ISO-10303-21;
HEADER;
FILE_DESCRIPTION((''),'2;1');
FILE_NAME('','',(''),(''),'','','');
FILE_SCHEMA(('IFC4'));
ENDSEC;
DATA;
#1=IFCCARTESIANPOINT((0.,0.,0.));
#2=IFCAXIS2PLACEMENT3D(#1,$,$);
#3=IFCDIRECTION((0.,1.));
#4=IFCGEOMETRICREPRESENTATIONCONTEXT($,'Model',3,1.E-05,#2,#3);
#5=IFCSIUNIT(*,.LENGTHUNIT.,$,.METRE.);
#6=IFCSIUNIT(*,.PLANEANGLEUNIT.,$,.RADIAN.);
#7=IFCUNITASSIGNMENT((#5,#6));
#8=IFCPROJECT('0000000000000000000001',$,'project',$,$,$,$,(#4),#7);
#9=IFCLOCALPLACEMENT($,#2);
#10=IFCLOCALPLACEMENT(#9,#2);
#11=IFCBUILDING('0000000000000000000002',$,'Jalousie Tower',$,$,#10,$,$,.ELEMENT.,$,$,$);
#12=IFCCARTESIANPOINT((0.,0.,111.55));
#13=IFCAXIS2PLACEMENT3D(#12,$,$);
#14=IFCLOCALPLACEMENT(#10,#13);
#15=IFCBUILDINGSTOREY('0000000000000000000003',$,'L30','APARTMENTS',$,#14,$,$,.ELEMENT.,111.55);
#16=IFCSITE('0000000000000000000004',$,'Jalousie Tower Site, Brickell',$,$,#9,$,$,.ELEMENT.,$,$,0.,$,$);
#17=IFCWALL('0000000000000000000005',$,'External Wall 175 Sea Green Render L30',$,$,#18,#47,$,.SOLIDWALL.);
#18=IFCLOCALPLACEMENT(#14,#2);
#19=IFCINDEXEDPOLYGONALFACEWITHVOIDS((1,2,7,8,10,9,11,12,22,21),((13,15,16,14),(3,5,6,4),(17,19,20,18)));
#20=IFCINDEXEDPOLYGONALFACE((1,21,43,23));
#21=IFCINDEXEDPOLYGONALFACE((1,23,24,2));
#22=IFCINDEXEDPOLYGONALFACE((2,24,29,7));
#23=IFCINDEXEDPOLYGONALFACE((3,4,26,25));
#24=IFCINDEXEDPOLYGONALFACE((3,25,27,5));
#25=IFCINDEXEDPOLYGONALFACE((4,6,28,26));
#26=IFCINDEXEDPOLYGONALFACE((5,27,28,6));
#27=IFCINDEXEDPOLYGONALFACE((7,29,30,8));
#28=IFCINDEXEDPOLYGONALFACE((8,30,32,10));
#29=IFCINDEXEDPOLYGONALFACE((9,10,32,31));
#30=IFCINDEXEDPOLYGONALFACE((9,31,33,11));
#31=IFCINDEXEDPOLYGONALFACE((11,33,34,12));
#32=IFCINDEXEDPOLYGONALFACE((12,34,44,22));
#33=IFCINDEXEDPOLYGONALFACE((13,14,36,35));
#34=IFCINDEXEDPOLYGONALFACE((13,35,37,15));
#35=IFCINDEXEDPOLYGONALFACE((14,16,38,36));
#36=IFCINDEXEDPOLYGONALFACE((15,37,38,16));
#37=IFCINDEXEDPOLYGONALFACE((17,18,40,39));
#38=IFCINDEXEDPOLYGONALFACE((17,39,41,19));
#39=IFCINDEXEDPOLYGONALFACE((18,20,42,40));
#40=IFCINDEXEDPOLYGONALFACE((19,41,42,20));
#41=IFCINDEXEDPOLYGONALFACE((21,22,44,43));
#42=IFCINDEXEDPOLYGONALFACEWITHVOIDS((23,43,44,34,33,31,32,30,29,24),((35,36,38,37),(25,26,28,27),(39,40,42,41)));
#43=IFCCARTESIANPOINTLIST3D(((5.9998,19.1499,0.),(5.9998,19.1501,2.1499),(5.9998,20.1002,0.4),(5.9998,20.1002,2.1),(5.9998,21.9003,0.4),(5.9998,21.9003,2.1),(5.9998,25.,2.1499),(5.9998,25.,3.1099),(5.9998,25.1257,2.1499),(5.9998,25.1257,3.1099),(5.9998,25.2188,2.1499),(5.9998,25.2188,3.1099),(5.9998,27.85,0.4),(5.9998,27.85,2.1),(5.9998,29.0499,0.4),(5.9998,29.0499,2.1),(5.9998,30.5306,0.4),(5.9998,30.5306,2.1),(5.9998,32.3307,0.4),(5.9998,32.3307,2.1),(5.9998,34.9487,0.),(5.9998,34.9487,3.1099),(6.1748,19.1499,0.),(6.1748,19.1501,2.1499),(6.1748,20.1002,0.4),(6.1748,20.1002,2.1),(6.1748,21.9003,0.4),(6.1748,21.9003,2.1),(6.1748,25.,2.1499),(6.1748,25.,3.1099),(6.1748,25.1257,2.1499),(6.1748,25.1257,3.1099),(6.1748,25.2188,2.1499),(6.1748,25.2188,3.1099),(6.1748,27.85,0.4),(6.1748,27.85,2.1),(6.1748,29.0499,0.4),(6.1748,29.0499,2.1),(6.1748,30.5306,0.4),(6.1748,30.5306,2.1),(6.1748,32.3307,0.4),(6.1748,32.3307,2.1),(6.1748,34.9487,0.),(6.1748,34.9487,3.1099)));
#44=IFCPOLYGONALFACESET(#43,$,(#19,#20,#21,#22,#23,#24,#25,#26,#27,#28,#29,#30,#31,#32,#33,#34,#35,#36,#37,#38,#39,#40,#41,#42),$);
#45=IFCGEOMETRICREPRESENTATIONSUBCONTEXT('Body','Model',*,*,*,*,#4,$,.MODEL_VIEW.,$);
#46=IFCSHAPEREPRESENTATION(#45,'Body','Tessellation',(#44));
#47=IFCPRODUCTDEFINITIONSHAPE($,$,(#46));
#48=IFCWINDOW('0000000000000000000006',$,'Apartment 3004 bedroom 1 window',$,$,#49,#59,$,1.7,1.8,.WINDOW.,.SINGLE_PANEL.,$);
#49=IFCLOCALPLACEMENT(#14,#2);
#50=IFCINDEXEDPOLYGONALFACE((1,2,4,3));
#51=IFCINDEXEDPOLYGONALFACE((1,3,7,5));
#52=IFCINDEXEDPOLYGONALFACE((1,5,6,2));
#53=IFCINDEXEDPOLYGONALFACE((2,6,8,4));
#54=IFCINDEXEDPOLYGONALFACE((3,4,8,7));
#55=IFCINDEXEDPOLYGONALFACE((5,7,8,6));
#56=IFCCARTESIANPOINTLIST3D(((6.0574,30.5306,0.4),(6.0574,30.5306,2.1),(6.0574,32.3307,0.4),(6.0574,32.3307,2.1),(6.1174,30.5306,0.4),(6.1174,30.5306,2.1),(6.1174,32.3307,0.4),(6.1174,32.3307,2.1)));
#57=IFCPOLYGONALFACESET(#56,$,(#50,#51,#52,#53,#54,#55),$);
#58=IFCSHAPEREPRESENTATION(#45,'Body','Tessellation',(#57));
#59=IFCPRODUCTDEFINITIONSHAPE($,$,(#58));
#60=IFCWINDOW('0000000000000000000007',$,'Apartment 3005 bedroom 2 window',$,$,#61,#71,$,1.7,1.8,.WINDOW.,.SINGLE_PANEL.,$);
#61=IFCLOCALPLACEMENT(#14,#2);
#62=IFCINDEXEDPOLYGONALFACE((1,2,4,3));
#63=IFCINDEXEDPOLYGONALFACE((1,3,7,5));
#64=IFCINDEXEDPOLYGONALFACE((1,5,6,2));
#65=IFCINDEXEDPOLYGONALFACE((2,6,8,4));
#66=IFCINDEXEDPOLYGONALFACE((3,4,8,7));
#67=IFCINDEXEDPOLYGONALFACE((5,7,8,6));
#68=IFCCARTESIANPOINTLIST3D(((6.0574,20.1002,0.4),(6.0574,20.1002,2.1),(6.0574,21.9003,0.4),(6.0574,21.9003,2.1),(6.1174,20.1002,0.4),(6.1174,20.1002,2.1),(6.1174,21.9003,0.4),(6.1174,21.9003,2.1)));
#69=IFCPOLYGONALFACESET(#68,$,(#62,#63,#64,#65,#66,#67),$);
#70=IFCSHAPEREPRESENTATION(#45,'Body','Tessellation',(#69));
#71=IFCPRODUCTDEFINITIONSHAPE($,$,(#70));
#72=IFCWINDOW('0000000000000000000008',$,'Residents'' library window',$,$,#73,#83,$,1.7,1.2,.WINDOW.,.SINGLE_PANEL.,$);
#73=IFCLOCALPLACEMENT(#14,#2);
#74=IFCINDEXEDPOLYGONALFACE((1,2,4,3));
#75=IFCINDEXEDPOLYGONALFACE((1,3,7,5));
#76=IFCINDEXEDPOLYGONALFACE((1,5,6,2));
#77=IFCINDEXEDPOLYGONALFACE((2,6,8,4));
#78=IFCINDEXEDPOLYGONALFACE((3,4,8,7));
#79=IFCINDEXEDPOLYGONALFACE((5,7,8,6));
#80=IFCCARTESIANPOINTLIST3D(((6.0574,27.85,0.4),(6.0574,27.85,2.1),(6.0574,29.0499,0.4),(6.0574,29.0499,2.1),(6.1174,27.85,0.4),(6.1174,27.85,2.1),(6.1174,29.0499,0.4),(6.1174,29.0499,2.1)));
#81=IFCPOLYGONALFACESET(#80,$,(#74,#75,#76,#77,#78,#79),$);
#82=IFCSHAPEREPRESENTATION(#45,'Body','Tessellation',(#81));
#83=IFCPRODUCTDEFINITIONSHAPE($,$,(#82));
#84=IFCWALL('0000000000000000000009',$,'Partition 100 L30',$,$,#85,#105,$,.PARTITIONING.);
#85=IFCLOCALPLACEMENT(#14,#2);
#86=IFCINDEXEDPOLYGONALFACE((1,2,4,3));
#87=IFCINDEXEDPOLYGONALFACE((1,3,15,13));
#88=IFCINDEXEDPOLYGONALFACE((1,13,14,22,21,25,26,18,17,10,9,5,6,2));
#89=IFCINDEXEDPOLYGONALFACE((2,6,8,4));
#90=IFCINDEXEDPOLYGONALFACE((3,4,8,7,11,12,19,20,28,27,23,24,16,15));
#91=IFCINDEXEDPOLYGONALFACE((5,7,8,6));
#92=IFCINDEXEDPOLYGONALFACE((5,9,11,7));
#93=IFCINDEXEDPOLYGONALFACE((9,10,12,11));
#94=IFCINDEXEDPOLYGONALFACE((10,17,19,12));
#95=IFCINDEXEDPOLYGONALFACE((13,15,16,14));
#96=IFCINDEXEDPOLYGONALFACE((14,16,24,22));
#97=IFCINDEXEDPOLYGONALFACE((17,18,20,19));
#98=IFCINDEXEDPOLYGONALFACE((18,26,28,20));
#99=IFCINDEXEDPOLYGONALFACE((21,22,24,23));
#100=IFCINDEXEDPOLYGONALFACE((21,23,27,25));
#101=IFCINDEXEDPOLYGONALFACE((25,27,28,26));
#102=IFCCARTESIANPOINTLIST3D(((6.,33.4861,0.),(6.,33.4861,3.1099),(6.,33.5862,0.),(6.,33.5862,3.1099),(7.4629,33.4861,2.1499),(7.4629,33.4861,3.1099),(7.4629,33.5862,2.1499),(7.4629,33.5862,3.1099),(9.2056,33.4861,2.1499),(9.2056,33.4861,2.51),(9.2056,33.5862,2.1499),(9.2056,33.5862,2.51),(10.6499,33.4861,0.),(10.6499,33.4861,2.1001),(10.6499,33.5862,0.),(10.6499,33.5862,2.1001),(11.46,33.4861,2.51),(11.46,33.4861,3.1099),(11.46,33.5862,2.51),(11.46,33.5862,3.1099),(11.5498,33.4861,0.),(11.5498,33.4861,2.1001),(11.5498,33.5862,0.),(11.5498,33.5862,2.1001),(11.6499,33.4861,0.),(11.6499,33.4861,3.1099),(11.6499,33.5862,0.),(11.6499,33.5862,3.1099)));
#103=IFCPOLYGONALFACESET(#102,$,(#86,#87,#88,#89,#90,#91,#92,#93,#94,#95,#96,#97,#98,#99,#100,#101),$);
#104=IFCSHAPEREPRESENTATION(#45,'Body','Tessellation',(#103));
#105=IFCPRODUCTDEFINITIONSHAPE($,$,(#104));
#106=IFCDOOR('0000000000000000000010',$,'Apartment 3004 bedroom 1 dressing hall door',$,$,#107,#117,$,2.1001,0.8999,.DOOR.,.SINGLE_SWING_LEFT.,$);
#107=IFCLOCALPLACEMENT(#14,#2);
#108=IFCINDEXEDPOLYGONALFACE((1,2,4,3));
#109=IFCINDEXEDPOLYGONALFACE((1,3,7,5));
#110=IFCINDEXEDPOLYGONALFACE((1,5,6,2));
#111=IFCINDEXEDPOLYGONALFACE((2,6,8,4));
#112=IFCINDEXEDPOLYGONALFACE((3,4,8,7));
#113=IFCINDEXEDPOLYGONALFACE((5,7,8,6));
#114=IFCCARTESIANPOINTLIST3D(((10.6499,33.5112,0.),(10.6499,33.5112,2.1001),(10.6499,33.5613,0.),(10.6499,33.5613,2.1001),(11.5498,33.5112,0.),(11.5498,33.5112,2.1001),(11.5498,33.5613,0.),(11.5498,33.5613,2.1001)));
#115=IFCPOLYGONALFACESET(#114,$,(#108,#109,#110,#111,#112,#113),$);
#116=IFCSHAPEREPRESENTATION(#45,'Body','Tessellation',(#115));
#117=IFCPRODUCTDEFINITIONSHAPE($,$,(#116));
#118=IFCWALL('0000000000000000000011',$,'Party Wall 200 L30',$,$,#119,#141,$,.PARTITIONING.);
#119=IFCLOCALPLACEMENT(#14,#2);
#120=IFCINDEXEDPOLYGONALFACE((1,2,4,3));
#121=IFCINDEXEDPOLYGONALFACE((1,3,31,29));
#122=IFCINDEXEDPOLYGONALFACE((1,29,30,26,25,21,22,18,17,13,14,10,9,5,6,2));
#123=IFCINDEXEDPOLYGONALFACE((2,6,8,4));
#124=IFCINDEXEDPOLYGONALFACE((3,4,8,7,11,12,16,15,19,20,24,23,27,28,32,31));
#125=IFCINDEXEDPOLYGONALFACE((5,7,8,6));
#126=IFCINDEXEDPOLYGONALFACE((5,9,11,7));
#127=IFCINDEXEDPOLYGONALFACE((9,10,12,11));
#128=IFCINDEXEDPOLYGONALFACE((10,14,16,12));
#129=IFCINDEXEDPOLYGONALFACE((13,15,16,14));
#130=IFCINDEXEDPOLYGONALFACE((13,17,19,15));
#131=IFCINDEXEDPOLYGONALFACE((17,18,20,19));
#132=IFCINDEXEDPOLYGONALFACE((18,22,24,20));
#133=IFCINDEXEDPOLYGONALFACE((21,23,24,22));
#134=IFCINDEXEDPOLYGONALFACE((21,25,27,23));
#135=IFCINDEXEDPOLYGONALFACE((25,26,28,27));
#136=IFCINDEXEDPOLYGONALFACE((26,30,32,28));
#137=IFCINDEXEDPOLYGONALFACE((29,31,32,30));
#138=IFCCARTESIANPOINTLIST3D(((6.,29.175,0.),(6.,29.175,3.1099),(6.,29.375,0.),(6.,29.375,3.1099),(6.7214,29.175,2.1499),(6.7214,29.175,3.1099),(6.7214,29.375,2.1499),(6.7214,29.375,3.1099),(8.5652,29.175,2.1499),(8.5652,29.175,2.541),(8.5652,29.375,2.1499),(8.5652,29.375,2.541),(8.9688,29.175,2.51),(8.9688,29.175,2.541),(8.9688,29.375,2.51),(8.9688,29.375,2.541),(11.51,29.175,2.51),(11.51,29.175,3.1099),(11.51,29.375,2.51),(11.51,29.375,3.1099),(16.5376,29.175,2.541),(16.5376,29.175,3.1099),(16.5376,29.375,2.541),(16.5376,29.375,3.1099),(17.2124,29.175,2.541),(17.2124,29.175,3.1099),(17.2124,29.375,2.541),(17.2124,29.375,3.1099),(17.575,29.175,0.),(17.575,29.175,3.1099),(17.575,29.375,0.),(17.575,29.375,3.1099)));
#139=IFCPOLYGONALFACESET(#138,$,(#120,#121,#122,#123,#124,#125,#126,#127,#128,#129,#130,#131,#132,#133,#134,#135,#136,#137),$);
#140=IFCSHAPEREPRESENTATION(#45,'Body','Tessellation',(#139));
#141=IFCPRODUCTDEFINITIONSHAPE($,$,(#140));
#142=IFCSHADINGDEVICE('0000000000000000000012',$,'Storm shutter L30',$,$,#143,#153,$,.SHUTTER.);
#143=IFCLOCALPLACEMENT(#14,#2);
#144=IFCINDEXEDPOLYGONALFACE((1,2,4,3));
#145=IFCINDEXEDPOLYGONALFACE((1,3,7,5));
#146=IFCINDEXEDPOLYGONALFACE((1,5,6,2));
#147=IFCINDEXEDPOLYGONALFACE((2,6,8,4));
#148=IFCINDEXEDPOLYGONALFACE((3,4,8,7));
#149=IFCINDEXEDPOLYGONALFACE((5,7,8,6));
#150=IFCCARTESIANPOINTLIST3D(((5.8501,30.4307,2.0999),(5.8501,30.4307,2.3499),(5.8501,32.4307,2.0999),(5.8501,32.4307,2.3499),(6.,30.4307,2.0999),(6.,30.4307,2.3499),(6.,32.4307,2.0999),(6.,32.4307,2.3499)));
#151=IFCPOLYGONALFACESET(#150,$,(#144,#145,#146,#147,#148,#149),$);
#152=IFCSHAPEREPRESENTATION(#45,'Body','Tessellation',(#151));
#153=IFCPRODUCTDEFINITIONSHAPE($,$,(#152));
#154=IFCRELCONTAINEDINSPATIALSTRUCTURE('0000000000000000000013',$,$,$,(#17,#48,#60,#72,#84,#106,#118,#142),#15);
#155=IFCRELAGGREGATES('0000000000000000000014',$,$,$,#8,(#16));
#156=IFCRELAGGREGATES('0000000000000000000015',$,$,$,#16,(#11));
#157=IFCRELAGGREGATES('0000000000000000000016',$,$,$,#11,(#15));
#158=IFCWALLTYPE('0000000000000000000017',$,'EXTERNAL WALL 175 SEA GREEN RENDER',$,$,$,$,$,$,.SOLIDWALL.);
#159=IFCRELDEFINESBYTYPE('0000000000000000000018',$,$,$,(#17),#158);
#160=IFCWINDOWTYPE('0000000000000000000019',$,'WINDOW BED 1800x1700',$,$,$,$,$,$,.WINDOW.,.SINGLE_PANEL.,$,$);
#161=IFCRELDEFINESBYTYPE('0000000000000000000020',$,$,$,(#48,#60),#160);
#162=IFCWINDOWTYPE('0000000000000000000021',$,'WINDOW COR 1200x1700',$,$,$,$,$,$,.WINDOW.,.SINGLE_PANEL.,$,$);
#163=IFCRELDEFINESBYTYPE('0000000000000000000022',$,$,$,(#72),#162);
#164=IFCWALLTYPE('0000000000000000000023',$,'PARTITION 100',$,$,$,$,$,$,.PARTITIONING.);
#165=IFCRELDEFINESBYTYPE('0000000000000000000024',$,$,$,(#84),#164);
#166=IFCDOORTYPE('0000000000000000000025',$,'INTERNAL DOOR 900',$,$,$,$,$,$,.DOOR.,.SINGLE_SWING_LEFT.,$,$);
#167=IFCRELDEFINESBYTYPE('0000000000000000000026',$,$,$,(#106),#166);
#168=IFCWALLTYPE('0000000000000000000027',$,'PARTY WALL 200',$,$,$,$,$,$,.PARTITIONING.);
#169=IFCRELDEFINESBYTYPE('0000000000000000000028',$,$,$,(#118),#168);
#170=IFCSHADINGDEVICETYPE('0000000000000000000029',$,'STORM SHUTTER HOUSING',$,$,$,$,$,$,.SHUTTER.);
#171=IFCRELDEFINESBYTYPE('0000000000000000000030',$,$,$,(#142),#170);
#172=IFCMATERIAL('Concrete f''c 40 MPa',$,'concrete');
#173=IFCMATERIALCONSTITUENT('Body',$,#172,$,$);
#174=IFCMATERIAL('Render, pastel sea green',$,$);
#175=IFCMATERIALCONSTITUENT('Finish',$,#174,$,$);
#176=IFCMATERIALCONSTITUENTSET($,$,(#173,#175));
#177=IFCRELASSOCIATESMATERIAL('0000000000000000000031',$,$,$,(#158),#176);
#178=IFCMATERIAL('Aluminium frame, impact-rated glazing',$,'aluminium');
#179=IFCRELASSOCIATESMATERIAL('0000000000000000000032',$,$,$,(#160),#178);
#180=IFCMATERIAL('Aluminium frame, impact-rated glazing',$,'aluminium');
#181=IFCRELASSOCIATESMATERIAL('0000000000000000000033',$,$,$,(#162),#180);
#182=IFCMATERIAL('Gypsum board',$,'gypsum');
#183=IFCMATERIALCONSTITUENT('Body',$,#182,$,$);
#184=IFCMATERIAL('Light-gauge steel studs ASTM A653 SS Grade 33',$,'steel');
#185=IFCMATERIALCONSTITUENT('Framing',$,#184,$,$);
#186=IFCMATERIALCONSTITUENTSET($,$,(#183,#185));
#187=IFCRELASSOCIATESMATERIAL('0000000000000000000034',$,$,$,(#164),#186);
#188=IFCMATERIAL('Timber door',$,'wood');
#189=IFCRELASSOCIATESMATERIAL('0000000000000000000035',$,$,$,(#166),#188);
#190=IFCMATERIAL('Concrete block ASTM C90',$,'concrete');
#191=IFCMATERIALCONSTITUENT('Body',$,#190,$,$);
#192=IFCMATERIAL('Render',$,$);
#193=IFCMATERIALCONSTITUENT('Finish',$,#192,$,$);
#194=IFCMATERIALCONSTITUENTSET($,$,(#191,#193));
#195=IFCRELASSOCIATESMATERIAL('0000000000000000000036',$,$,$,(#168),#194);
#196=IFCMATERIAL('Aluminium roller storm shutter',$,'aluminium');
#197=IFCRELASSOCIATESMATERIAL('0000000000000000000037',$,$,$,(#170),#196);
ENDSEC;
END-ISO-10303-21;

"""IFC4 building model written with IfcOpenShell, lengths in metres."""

from ifc_helpers import new_model, si_unit, direction, frame, frame_2d, origin, origin_2d, place, context, subcontext, project, spatial, polyline, rectangle, outline, extrude, material, constituent, constituent_set, type_object, element, fill, save


model = new_model("IFC4")

# Units and contexts
model_context = context("Model", 3, precision=1e-05, world=origin(), true_north=direction((0.0, 1.0)))
body_context = subcontext(model_context, "Body", "Model", "MODEL_VIEW")
ifc_project = project(units=[si_unit("LENGTHUNIT", "METRE"), si_unit("PLANEANGLEUNIT", "RADIAN")], contexts=[model_context])

# Site, building, storey
site_placement = place(None, origin())
site = spatial("IfcSite", under=ifc_project, at=site_placement, Name="Jalousie Tower Site, Brickell", CompositionType="ELEMENT", RefElevation=0.0)
building_placement = place(site_placement, origin())
building = spatial("IfcBuilding", under=site, at=building_placement, Name="Jalousie Tower", CompositionType="ELEMENT")
storey_placement = place(building_placement, frame((0.0, 0.0, 111.55)))
storey = spatial("IfcBuildingStorey", under=building, at=storey_placement, Name="L30", Description="APARTMENTS", CompositionType="ELEMENT", Elevation=111.55)

# Wall, openings, windows
ifc_material_1 = material(Name="Concrete f'c 40 MPa", Category="concrete")
ifc_constituent_1 = constituent(ifc_material_1, Name="Body")
ifc_material_2 = material(Name="Render, pastel sea green")
ifc_constituent_2 = constituent(ifc_material_2, Name="Finish")
ifc_constituent_set_1 = constituent_set(constituents=[ifc_constituent_1, ifc_constituent_2])
wall_type_1 = type_object("IfcWallType", Name="EXTERNAL WALL 175 SEA GREEN RENDER", PredefinedType="SOLIDWALL", material=ifc_constituent_set_1)
wall_1_placement = place(storey_placement, frame((6.0874, 34.9487, 0.0), z_axis=(0.0, 0.0, 1.0), x_axis=(0.0, -1.0, 0.0)))
wall_1 = element("IfcWall", 1, at=wall_1_placement, inside=storey, type_object=wall_type_1, Name="External Wall 175 Sea Green Render L30", PredefinedType="SOLIDWALL", context=body_context, shape_type="SweptSolid", body=[
    extrude(outline(polyline([(0.0, 0.0), (15.7988, 0.0), (15.7986, 2.1499), (9.9487, 2.1499), (9.9487, 3.1099), (9.823, 3.1099), (9.823, 2.1499), (9.73, 2.1499), (9.73, 3.1099), (0.0, 3.1099), (0.0, 0.0)])), frame((0.0, 0.0874, 0.0), z_axis=(0.0, -1.0, 0.0), x_axis=(1.0, 0.0, 0.0)), (0.0, 0.0, 1.0), 0.175),
])
opening_1_placement = place(wall_1_placement, frame((2.6182, 0.0, 0.3999)))
opening_1 = element("IfcOpeningElement", 2, at=opening_1_placement, cuts=wall_1, PredefinedType="OPENING", context=body_context, shape_type="SweptSolid", body=[
    extrude(rectangle(XDim=1.8, YDim=1.7, at=frame_2d((0.8999, 0.8501))), frame((0.0, 0.0974, 0.0), z_axis=(0.0, -1.0, 0.0), x_axis=(1.0, 0.0, 0.0)), (0.0, 0.0, 1.0), 0.1951),
])
opening_2_placement = place(wall_1_placement, frame((5.8987, 0.0, 0.3999)))
opening_2 = element("IfcOpeningElement", 3, at=opening_2_placement, cuts=wall_1, PredefinedType="OPENING", context=body_context, shape_type="SweptSolid", body=[
    extrude(rectangle(XDim=1.2, YDim=1.7, at=frame_2d((0.6001, 0.8501))), frame((0.0, 0.0974, 0.0), z_axis=(0.0, -1.0, 0.0), x_axis=(1.0, 0.0, 0.0)), (0.0, 0.0, 1.0), 0.1951),
])
opening_3_placement = place(wall_1_placement, frame((13.0486, 0.0, 0.3999)))
opening_3 = element("IfcOpeningElement", 4, at=opening_3_placement, cuts=wall_1, PredefinedType="OPENING", context=body_context, shape_type="SweptSolid", body=[
    extrude(rectangle(XDim=1.8, YDim=1.7, at=frame_2d((0.8999, 0.8501))), frame((0.0, 0.0974, 0.0), z_axis=(0.0, -1.0, 0.0), x_axis=(1.0, 0.0, 0.0)), (0.0, 0.0, 1.0), 0.1951),
])
ifc_material_3 = material(Name="Aluminium frame, impact-rated glazing", Category="aluminium")
window_type_1 = type_object("IfcWindowType", Name="WINDOW BED 1800x1700", PartitioningType="SINGLE_PANEL", PredefinedType="WINDOW", material=ifc_material_3)
window_1_placement = place(opening_1_placement, origin())
window_1 = element("IfcWindow", 5, at=window_1_placement, inside=storey, type_object=window_type_1, Name="Apartment 3004 bedroom 1 window", OverallHeight=1.7, OverallWidth=1.8, PartitioningType="SINGLE_PANEL", PredefinedType="WINDOW", context=body_context, shape_type="SweptSolid", body=[
    extrude(rectangle(XDim=1.8, YDim=1.7, at=frame_2d((0.8999, 0.8501))), frame((0.0, 0.03, 0.0), z_axis=(0.0, -1.0, 0.0), x_axis=(1.0, 0.0, 0.0)), (0.0, 0.0, 1.0), 0.0601),
])
fill(opening_1, window_1)
window_2_placement = place(opening_3_placement, origin())
window_2 = element("IfcWindow", 6, at=window_2_placement, inside=storey, type_object=window_type_1, Name="Apartment 3005 bedroom 2 window", OverallHeight=1.7, OverallWidth=1.8, PartitioningType="SINGLE_PANEL", PredefinedType="WINDOW", context=body_context, shape_type="SweptSolid", body=[
    extrude(rectangle(XDim=1.8, YDim=1.7, at=frame_2d((0.8999, 0.8501))), frame((0.0, 0.03, 0.0), z_axis=(0.0, -1.0, 0.0), x_axis=(1.0, 0.0, 0.0)), (0.0, 0.0, 1.0), 0.0601),
])
fill(opening_3, window_2)
ifc_material_4 = material(Name="Aluminium frame, impact-rated glazing", Category="aluminium")
window_type_2 = type_object("IfcWindowType", Name="WINDOW COR 1200x1700", PartitioningType="SINGLE_PANEL", PredefinedType="WINDOW", material=ifc_material_4)
window_3_placement = place(opening_2_placement, origin())
window_3 = element("IfcWindow", 7, at=window_3_placement, inside=storey, type_object=window_type_2, Name="Residents' library window", OverallHeight=1.7, OverallWidth=1.2, PartitioningType="SINGLE_PANEL", PredefinedType="WINDOW", context=body_context, shape_type="SweptSolid", body=[
    extrude(rectangle(XDim=1.2, YDim=1.7, at=frame_2d((0.6001, 0.8501))), frame((0.0, 0.03, 0.0), z_axis=(0.0, -1.0, 0.0), x_axis=(1.0, 0.0, 0.0)), (0.0, 0.0, 1.0), 0.0601),
])
fill(opening_2, window_3)

# Wall, opening, door
ifc_material_5 = material(Name="Gypsum board", Category="gypsum")
ifc_constituent_3 = constituent(ifc_material_5, Name="Body")
ifc_material_6 = material(Name="Light-gauge steel studs ASTM A653 SS Grade 33", Category="steel")
ifc_constituent_4 = constituent(ifc_material_6, Name="Framing")
ifc_constituent_set_2 = constituent_set(constituents=[ifc_constituent_3, ifc_constituent_4])
wall_type_2 = type_object("IfcWallType", Name="PARTITION 100", PredefinedType="PARTITIONING", material=ifc_constituent_set_2)
wall_2_placement = place(storey_placement, frame((6.0, 33.5361, 0.0), z_axis=(0.0, 0.0, 1.0), x_axis=(1.0, 0.0, 0.0)))
wall_2 = element("IfcWall", 8, at=wall_2_placement, inside=storey, type_object=wall_type_2, Name="Partition 100 L30", PredefinedType="PARTITIONING", context=body_context, shape_type="SweptSolid", body=[
    extrude(outline(polyline([(0.0, 0.0), (5.6499, 0.0), (5.6499, 3.1099), (5.46, 3.1099), (5.46, 2.51), (3.2056, 2.51), (3.2056, 2.1499), (1.4629, 2.1499), (1.4629, 3.1099), (0.0, 3.1099), (0.0, 0.0)])), frame((0.0, 0.05, 0.0), z_axis=(0.0, -1.0, 0.0), x_axis=(1.0, 0.0, 0.0)), (0.0, 0.0, 1.0), 0.1001),
])
opening_4_placement = place(wall_2_placement, frame((4.6499, 0.0, 0.0)))
opening_4 = element("IfcOpeningElement", 9, at=opening_4_placement, cuts=wall_2, PredefinedType="OPENING", context=body_context, shape_type="SweptSolid", body=[
    extrude(rectangle(XDim=0.8999, YDim=2.1001, at=frame_2d((0.45, 1.05))), frame((0.0, 0.0601, 0.0), z_axis=(0.0, -1.0, 0.0), x_axis=(1.0, 0.0, 0.0)), (0.0, 0.0, 1.0), 0.1201),
])
ifc_material_7 = material(Name="Timber door", Category="wood")
door_type_1 = type_object("IfcDoorType", Name="INTERNAL DOOR 900", OperationType="SINGLE_SWING_LEFT", PredefinedType="DOOR", material=ifc_material_7)
door_1_placement = place(opening_4_placement, frame((0.8999, 0.0, 0.0), z_axis=(0.0, 0.0, 1.0), x_axis=(-1.0, 0.0, 0.0)))
door_1 = element("IfcDoor", 10, at=door_1_placement, inside=storey, type_object=door_type_1, Name="Apartment 3004 bedroom 1 dressing hall door", OperationType="SINGLE_SWING_LEFT", OverallHeight=2.1001, OverallWidth=0.8999, PredefinedType="DOOR", context=body_context, shape_type="SweptSolid", body=[
    extrude(rectangle(XDim=0.8999, YDim=2.1001, at=frame_2d((0.45, 1.05))), frame((0.0, 0.0249, 0.0), z_axis=(0.0, -1.0, 0.0), x_axis=(1.0, 0.0, 0.0)), (0.0, 0.0, 1.0), 0.05),
])
fill(opening_4, door_1)

# Wall
ifc_material_8 = material(Name="Concrete block ASTM C90", Category="concrete")
ifc_constituent_5 = constituent(ifc_material_8, Name="Body")
ifc_material_9 = material(Name="Render")
ifc_constituent_6 = constituent(ifc_material_9, Name="Finish")
ifc_constituent_set_3 = constituent_set(constituents=[ifc_constituent_5, ifc_constituent_6])
wall_type_3 = type_object("IfcWallType", Name="PARTY WALL 200", PredefinedType="PARTITIONING", material=ifc_constituent_set_3)
wall_3_placement = place(storey_placement, frame((6.0, 29.2749, 0.0), z_axis=(0.0, 0.0, 1.0), x_axis=(1.0, 0.0, 0.0)))
element("IfcWall", 11, at=wall_3_placement, inside=storey, type_object=wall_type_3, Name="Party Wall 200 L30", PredefinedType="PARTITIONING", context=body_context, shape_type="SweptSolid", body=[
    extrude(outline(polyline([(0.0, 0.0), (11.575, 0.0), (11.575, 3.1099), (11.2124, 3.1099), (11.2124, 2.541), (10.5376, 2.541), (10.5376, 3.1099), (5.51, 3.1099), (5.51, 2.51), (2.9688, 2.51), (2.9688, 2.541), (2.5652, 2.541), (2.5652, 2.1499), (0.7214, 2.1499), (0.7214, 3.1099), (0.0, 3.1099), (0.0, 0.0)])), frame((0.0, 0.1001, 0.0), z_axis=(0.0, -1.0, 0.0), x_axis=(1.0, 0.0, 0.0)), (0.0, 0.0, 1.0), 0.2),
])

# Shading device
ifc_material_10 = material(Name="Aluminium roller storm shutter", Category="aluminium")
shading_device_type = type_object("IfcShadingDeviceType", Name="STORM SHUTTER HOUSING", PredefinedType="SHUTTER", material=ifc_material_10)
shading_device_placement = place(storey_placement, frame((5.925, 31.4307, 2.0999), z_axis=(0.0, 0.0, 1.0), x_axis=(0.0, -1.0, 0.0)))
element("IfcShadingDevice", 12, at=shading_device_placement, inside=storey, type_object=shading_device_type, Name="Storm shutter L30", PredefinedType="SHUTTER", context=body_context, shape_type="SweptSolid", body=[
    extrude(rectangle(XDim=2.0, YDim=0.1499, at=origin_2d()), origin(), (0.0, 0.0, 1.0), 0.25),
])

save(model, "model.ifc")
